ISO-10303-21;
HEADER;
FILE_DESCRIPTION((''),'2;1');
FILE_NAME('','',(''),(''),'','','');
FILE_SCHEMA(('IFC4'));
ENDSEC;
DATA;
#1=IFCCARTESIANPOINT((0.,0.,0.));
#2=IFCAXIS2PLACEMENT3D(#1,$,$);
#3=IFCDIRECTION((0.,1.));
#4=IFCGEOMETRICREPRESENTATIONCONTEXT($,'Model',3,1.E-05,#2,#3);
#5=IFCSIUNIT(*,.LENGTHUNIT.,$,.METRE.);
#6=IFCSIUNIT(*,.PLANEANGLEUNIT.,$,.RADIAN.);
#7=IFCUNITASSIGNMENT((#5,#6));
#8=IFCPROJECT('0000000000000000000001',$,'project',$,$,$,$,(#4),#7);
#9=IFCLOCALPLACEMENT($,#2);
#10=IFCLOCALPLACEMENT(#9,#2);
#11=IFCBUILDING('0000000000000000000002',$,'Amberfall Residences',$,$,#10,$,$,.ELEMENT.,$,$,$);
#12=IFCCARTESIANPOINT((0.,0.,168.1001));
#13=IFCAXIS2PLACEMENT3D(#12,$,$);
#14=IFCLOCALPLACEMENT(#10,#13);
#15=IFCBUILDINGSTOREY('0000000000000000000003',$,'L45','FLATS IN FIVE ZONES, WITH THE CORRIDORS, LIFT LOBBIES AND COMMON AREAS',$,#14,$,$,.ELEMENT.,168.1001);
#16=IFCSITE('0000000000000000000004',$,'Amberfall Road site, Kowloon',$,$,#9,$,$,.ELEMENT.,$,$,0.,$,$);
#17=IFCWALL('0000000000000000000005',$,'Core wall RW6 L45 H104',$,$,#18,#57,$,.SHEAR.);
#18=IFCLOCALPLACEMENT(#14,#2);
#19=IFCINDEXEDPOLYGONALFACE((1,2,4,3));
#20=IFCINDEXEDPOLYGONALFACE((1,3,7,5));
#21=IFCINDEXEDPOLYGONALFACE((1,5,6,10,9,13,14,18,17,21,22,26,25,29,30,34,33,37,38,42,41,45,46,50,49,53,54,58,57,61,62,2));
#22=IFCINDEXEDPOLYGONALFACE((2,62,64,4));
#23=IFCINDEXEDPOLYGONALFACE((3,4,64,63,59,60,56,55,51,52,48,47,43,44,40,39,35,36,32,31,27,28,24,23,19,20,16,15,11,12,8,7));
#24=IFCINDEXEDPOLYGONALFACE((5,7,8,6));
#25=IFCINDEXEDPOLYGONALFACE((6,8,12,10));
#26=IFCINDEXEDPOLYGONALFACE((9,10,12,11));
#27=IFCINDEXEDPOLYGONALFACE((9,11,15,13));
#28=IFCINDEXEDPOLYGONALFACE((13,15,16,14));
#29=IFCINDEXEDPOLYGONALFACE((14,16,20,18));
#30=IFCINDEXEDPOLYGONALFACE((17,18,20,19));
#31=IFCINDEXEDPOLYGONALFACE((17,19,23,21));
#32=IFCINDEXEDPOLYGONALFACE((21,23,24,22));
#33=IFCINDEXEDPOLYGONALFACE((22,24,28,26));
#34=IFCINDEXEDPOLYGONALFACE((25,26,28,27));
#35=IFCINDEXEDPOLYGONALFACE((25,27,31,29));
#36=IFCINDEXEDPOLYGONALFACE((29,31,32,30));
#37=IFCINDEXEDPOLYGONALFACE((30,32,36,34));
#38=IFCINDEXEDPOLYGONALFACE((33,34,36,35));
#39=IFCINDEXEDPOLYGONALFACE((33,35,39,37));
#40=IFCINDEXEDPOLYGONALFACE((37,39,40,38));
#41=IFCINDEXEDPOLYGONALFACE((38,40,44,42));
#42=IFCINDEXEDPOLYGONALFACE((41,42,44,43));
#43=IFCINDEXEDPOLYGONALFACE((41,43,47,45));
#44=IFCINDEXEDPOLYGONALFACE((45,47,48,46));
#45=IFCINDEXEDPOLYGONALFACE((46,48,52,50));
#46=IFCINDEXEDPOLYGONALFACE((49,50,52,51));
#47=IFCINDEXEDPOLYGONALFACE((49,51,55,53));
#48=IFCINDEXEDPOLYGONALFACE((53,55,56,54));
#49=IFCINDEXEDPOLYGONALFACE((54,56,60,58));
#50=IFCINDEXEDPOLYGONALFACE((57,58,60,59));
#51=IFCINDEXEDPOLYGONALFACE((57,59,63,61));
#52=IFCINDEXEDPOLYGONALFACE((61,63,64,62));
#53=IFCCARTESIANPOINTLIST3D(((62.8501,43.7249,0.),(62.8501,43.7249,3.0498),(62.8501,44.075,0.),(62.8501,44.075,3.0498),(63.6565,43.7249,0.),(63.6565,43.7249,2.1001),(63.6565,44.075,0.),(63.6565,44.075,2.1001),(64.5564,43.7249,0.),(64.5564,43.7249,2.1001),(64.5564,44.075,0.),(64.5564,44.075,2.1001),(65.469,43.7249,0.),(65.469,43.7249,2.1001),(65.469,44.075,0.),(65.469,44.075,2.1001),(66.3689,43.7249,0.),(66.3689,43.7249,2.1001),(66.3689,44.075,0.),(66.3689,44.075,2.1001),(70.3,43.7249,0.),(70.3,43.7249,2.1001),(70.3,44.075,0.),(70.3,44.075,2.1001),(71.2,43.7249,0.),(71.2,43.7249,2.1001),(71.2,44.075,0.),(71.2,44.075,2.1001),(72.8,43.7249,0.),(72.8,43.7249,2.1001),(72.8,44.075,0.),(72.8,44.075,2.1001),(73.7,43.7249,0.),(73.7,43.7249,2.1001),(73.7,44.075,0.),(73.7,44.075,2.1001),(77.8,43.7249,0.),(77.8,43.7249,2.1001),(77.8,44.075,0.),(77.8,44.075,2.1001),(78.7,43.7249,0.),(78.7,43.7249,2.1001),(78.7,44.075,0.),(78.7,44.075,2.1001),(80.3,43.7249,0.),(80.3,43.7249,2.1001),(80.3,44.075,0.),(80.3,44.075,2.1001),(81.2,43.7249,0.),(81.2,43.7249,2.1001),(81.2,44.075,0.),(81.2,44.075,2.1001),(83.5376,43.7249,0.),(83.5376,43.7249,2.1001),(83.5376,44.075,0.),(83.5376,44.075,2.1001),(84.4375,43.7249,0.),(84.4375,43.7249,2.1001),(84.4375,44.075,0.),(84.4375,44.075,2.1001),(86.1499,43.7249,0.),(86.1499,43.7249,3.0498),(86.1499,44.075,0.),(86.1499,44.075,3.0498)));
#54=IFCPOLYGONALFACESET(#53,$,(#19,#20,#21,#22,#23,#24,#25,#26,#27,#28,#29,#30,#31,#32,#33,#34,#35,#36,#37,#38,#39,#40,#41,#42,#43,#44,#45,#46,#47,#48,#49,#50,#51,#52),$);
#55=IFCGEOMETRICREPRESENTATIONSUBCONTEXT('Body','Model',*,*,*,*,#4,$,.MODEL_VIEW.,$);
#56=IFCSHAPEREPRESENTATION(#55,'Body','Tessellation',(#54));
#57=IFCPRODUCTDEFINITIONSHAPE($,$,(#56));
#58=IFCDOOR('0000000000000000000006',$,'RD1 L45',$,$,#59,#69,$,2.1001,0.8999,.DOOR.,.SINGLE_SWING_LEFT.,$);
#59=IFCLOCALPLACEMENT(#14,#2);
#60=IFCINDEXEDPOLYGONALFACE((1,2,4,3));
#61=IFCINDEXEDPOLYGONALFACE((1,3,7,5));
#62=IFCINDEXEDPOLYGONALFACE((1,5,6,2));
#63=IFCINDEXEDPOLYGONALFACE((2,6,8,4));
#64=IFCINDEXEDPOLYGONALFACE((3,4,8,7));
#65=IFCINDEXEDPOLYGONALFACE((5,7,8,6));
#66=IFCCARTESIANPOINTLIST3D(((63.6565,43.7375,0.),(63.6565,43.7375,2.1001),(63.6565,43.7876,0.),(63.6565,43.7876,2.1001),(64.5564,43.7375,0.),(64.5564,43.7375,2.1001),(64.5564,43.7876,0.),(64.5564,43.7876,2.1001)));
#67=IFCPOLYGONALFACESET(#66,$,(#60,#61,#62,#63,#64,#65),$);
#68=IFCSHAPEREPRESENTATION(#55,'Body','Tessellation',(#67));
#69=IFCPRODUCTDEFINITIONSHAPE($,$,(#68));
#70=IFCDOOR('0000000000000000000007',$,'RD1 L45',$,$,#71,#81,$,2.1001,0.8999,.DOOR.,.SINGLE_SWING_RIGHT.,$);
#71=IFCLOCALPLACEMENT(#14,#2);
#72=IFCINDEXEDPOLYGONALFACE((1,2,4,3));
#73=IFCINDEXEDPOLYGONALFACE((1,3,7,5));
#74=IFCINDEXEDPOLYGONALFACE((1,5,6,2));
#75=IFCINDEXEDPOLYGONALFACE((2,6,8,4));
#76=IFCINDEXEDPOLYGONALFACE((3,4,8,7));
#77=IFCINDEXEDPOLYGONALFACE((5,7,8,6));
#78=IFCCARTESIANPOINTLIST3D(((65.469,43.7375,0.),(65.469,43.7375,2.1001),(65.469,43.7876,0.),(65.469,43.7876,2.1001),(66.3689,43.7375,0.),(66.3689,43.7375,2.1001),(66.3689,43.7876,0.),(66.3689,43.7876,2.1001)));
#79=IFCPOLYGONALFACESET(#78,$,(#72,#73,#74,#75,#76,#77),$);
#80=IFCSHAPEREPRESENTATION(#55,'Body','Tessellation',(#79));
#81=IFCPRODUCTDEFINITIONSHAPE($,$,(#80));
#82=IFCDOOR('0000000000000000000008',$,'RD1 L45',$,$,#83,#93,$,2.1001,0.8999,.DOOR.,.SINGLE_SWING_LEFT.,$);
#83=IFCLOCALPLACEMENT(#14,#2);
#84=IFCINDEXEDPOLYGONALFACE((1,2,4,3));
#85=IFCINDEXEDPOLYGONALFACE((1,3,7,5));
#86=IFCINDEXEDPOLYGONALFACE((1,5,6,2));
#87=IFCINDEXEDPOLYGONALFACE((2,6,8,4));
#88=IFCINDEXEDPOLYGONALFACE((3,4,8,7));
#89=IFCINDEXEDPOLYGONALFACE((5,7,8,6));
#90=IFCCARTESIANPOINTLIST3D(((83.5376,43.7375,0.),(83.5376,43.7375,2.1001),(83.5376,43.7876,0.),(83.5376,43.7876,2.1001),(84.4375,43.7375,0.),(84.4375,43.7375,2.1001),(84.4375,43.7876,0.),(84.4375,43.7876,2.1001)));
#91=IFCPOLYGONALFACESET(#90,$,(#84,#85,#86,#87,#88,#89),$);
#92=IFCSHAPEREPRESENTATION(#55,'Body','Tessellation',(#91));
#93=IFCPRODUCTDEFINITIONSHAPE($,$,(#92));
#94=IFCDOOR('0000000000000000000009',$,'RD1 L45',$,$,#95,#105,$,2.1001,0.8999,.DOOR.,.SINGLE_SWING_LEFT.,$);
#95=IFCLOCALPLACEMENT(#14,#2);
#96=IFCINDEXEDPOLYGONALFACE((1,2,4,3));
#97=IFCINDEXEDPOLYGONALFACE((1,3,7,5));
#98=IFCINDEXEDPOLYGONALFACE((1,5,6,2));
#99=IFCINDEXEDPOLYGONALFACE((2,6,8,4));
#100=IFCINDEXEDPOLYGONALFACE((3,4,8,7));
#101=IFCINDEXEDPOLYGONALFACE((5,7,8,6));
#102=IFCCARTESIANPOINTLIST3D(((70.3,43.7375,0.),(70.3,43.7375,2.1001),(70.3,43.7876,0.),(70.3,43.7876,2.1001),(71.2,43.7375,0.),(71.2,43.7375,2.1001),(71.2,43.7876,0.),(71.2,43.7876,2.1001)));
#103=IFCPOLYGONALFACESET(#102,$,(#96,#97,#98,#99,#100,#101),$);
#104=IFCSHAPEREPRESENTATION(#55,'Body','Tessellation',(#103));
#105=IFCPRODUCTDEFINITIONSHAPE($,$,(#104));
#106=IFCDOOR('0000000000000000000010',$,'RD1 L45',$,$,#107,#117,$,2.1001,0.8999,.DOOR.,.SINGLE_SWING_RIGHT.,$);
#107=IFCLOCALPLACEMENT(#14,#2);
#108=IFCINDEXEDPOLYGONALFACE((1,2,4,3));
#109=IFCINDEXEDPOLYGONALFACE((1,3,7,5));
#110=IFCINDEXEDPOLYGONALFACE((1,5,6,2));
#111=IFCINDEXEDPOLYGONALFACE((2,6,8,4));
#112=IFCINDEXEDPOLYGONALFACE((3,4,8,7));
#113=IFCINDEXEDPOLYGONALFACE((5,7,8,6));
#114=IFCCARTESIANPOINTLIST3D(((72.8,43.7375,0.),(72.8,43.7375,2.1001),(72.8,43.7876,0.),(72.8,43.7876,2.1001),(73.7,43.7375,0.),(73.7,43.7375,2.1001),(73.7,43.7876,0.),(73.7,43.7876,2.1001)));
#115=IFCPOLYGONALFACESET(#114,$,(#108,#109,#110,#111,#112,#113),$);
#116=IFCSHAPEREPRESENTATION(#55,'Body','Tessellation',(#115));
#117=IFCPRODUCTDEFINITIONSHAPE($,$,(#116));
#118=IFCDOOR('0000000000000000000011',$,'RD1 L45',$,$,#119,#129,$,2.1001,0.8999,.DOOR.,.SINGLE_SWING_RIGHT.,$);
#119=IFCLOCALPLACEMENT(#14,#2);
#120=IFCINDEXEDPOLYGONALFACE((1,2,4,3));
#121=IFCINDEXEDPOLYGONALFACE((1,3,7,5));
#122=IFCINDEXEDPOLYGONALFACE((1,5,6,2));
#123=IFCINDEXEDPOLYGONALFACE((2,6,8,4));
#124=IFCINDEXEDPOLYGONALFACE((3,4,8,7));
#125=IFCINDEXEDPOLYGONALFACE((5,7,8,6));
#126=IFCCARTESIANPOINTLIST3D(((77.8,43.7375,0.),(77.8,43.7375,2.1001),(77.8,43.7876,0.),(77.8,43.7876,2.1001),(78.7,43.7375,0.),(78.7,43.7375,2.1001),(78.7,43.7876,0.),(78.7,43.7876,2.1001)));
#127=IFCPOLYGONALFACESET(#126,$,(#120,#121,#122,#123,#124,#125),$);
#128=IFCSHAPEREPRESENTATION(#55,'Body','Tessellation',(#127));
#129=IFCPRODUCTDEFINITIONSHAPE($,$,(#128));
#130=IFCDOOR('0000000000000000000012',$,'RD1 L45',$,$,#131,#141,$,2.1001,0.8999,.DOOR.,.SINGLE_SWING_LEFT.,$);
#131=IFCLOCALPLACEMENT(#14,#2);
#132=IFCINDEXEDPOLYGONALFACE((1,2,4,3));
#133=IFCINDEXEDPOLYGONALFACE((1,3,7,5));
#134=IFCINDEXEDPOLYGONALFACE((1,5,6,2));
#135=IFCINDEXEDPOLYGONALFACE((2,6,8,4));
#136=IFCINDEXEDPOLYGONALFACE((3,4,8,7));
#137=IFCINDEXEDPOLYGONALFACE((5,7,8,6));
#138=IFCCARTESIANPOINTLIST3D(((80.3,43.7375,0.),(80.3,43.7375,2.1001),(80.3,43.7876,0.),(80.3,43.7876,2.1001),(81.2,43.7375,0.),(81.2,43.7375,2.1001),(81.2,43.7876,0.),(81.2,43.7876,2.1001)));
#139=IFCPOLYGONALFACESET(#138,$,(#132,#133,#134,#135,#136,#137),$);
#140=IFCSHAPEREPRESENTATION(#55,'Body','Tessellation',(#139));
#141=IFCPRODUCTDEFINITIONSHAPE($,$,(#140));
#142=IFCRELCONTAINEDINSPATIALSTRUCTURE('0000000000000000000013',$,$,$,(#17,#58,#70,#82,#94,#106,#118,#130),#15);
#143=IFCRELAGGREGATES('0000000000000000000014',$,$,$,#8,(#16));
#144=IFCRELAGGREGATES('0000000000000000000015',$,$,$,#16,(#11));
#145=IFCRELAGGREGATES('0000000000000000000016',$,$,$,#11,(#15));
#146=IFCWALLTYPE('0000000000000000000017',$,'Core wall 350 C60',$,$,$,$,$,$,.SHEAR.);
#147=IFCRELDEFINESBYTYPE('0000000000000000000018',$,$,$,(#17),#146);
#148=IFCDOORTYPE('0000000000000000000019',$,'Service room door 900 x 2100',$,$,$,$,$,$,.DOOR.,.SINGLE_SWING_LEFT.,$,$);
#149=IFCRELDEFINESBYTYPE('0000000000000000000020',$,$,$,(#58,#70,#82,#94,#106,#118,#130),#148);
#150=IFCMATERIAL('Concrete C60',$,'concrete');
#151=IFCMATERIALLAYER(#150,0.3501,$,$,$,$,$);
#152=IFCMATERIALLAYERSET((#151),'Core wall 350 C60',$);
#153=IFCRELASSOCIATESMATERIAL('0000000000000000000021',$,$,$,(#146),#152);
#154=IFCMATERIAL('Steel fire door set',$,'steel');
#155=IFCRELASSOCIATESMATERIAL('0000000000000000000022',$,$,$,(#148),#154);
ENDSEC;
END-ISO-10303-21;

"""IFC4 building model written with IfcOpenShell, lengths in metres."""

from ifc_helpers import new_model, si_unit, direction, frame, frame_2d, origin, place, context, subcontext, project, spatial, rectangle, extrude, material, layer, layer_set, type_object, element, fill, save


model = new_model("IFC4")

# Units and contexts
model_context = context("Model", 3, precision=1e-05, world=origin(), true_north=direction((0.0, 1.0)))
body_context = subcontext(model_context, "Body", "Model", "MODEL_VIEW")
ifc_project = project(units=[si_unit("LENGTHUNIT", "METRE"), si_unit("PLANEANGLEUNIT", "RADIAN")], contexts=[model_context])

# Site, building, storey
site_placement = place(None, origin())
site = spatial("IfcSite", under=ifc_project, at=site_placement, Name="Amberfall Road site, Kowloon", CompositionType="ELEMENT", RefElevation=0.0)
building_placement = place(site_placement, origin())
building = spatial("IfcBuilding", under=site, at=building_placement, Name="Amberfall Residences", CompositionType="ELEMENT")
storey_placement = place(building_placement, frame((0.0, 0.0, 168.1001)))
storey = spatial("IfcBuildingStorey", under=building, at=storey_placement, Name="L45", Description="FLATS IN FIVE ZONES, WITH THE CORRIDORS, LIFT LOBBIES AND COMMON AREAS", CompositionType="ELEMENT", Elevation=168.1001)

# Wall, openings, doors
ifc_material_1 = material(Name="Concrete C60", Category="concrete")
ifc_layer_1 = layer(ifc_material_1, 0.3501)
ifc_layer_set_1 = layer_set([ifc_layer_1], Name="Core wall 350 C60")
wall_type_1 = type_object("IfcWallType", Name="Core wall 350 C60", PredefinedType="SHEAR", material=ifc_layer_set_1)
wall_1_placement = place(storey_placement, frame((62.8501, 43.8999, 0.0), z_axis=(0.0, 0.0, 1.0), x_axis=(1.0, 0.0, 0.0)))
wall_1 = element("IfcWall", 1, at=wall_1_placement, inside=storey, type_object=wall_type_1, Name="Core wall RW6 L45 H104", PredefinedType="SHEAR", context=body_context, shape_type="SweptSolid", body=[
    extrude(rectangle(XDim=23.2998, YDim=0.3501, at=frame_2d((11.6499, 0.0))), origin(), (0.0, 0.0, 1.0), 3.0498),
])
opening_1_placement = place(wall_1_placement, frame((0.8064, 0.0, 0.0)))
opening_1 = element("IfcOpeningElement", 2, at=opening_1_placement, cuts=wall_1, PredefinedType="OPENING", context=body_context, shape_type="SweptSolid", body=[
    extrude(rectangle(XDim=0.8999, YDim=2.1001, at=frame_2d((0.45, 1.05))), frame((0.0, 0.1851, 0.0), z_axis=(0.0, -1.0, 0.0), x_axis=(1.0, 0.0, 0.0)), (0.0, 0.0, 1.0), 0.3701),
])
opening_2_placement = place(wall_1_placement, frame((2.6189, 0.0, 0.0)))
opening_2 = element("IfcOpeningElement", 3, at=opening_2_placement, cuts=wall_1, PredefinedType="OPENING", context=body_context, shape_type="SweptSolid", body=[
    extrude(rectangle(XDim=0.8999, YDim=2.1001, at=frame_2d((0.45, 1.05))), frame((0.0, 0.1851, 0.0), z_axis=(0.0, -1.0, 0.0), x_axis=(1.0, 0.0, 0.0)), (0.0, 0.0, 1.0), 0.3701),
])
opening_3_placement = place(wall_1_placement, frame((20.6875, 0.0, 0.0)))
opening_3 = element("IfcOpeningElement", 4, at=opening_3_placement, cuts=wall_1, PredefinedType="OPENING", context=body_context, shape_type="SweptSolid", body=[
    extrude(rectangle(XDim=0.8999, YDim=2.1001, at=frame_2d((0.45, 1.05))), frame((0.0, 0.1851, 0.0), z_axis=(0.0, -1.0, 0.0), x_axis=(1.0, 0.0, 0.0)), (0.0, 0.0, 1.0), 0.3701),
])
opening_4_placement = place(wall_1_placement, frame((7.45, 0.0, 0.0)))
opening_4 = element("IfcOpeningElement", 5, at=opening_4_placement, cuts=wall_1, PredefinedType="OPENING", context=body_context, shape_type="SweptSolid", body=[
    extrude(rectangle(XDim=0.8999, YDim=2.1001, at=frame_2d((0.45, 1.05))), frame((0.0, 0.1851, 0.0), z_axis=(0.0, -1.0, 0.0), x_axis=(1.0, 0.0, 0.0)), (0.0, 0.0, 1.0), 0.3701),
])
opening_5_placement = place(wall_1_placement, frame((9.95, 0.0, 0.0)))
opening_5 = element("IfcOpeningElement", 6, at=opening_5_placement, cuts=wall_1, PredefinedType="OPENING", context=body_context, shape_type="SweptSolid", body=[
    extrude(rectangle(XDim=0.8999, YDim=2.1001, at=frame_2d((0.45, 1.05))), frame((0.0, 0.1851, 0.0), z_axis=(0.0, -1.0, 0.0), x_axis=(1.0, 0.0, 0.0)), (0.0, 0.0, 1.0), 0.3701),
])
opening_6_placement = place(wall_1_placement, frame((14.95, 0.0, 0.0)))
opening_6 = element("IfcOpeningElement", 7, at=opening_6_placement, cuts=wall_1, PredefinedType="OPENING", context=body_context, shape_type="SweptSolid", body=[
    extrude(rectangle(XDim=0.8999, YDim=2.1001, at=frame_2d((0.45, 1.05))), frame((0.0, 0.1851, 0.0), z_axis=(0.0, -1.0, 0.0), x_axis=(1.0, 0.0, 0.0)), (0.0, 0.0, 1.0), 0.3701),
])
opening_7_placement = place(wall_1_placement, frame((17.45, 0.0, 0.0)))
opening_7 = element("IfcOpeningElement", 8, at=opening_7_placement, cuts=wall_1, PredefinedType="OPENING", context=body_context, shape_type="SweptSolid", body=[
    extrude(rectangle(XDim=0.8999, YDim=2.1001, at=frame_2d((0.45, 1.05))), frame((0.0, 0.1851, 0.0), z_axis=(0.0, -1.0, 0.0), x_axis=(1.0, 0.0, 0.0)), (0.0, 0.0, 1.0), 0.3701),
])
ifc_material_2 = material(Name="Steel fire door set", Category="steel")
door_type_1 = type_object("IfcDoorType", Name="Service room door 900 x 2100", OperationType="SINGLE_SWING_LEFT", PredefinedType="DOOR", material=ifc_material_2)
door_1_placement = place(opening_1_placement, origin())
door_1 = element("IfcDoor", 9, at=door_1_placement, inside=storey, type_object=door_type_1, Name="RD1 L45", OperationType="SINGLE_SWING_LEFT", OverallHeight=2.1001, OverallWidth=0.8999, PredefinedType="DOOR", context=body_context, shape_type="SweptSolid", body=[
    extrude(rectangle(XDim=0.8999, YDim=2.1001, at=frame_2d((0.45, 1.05))), frame((0.0, -0.1123, 0.0), z_axis=(0.0, -1.0, 0.0), x_axis=(1.0, 0.0, 0.0)), (0.0, 0.0, 1.0), 0.05),
])
fill(opening_1, door_1)
door_2_placement = place(opening_2_placement, origin())
door_2 = element("IfcDoor", 10, at=door_2_placement, inside=storey, type_object=door_type_1, Name="RD1 L45", OperationType="SINGLE_SWING_RIGHT", OverallHeight=2.1001, OverallWidth=0.8999, PredefinedType="DOOR", context=body_context, shape_type="SweptSolid", body=[
    extrude(rectangle(XDim=0.8999, YDim=2.1001, at=frame_2d((0.45, 1.05))), frame((0.0, -0.1123, 0.0), z_axis=(0.0, -1.0, 0.0), x_axis=(1.0, 0.0, 0.0)), (0.0, 0.0, 1.0), 0.05),
])
fill(opening_2, door_2)
door_3_placement = place(opening_3_placement, origin())
door_3 = element("IfcDoor", 11, at=door_3_placement, inside=storey, type_object=door_type_1, Name="RD1 L45", OperationType="SINGLE_SWING_LEFT", OverallHeight=2.1001, OverallWidth=0.8999, PredefinedType="DOOR", context=body_context, shape_type="SweptSolid", body=[
    extrude(rectangle(XDim=0.8999, YDim=2.1001, at=frame_2d((0.45, 1.05))), frame((0.0, -0.1123, 0.0), z_axis=(0.0, -1.0, 0.0), x_axis=(1.0, 0.0, 0.0)), (0.0, 0.0, 1.0), 0.05),
])
fill(opening_3, door_3)
door_4_placement = place(opening_4_placement, origin())
door_4 = element("IfcDoor", 12, at=door_4_placement, inside=storey, type_object=door_type_1, Name="RD1 L45", OperationType="SINGLE_SWING_LEFT", OverallHeight=2.1001, OverallWidth=0.8999, PredefinedType="DOOR", context=body_context, shape_type="SweptSolid", body=[
    extrude(rectangle(XDim=0.8999, YDim=2.1001, at=frame_2d((0.45, 1.05))), frame((0.0, -0.1123, 0.0), z_axis=(0.0, -1.0, 0.0), x_axis=(1.0, 0.0, 0.0)), (0.0, 0.0, 1.0), 0.05),
])
fill(opening_4, door_4)
door_5_placement = place(opening_5_placement, origin())
door_5 = element("IfcDoor", 13, at=door_5_placement, inside=storey, type_object=door_type_1, Name="RD1 L45", OperationType="SINGLE_SWING_RIGHT", OverallHeight=2.1001, OverallWidth=0.8999, PredefinedType="DOOR", context=body_context, shape_type="SweptSolid", body=[
    extrude(rectangle(XDim=0.8999, YDim=2.1001, at=frame_2d((0.45, 1.05))), frame((0.0, -0.1123, 0.0), z_axis=(0.0, -1.0, 0.0), x_axis=(1.0, 0.0, 0.0)), (0.0, 0.0, 1.0), 0.05),
])
fill(opening_5, door_5)
door_6_placement = place(opening_6_placement, origin())
door_6 = element("IfcDoor", 14, at=door_6_placement, inside=storey, type_object=door_type_1, Name="RD1 L45", OperationType="SINGLE_SWING_RIGHT", OverallHeight=2.1001, OverallWidth=0.8999, PredefinedType="DOOR", context=body_context, shape_type="SweptSolid", body=[
    extrude(rectangle(XDim=0.8999, YDim=2.1001, at=frame_2d((0.45, 1.05))), frame((0.0, -0.1123, 0.0), z_axis=(0.0, -1.0, 0.0), x_axis=(1.0, 0.0, 0.0)), (0.0, 0.0, 1.0), 0.05),
])
fill(opening_6, door_6)
door_7_placement = place(opening_7_placement, origin())
door_7 = element("IfcDoor", 15, at=door_7_placement, inside=storey, type_object=door_type_1, Name="RD1 L45", OperationType="SINGLE_SWING_LEFT", OverallHeight=2.1001, OverallWidth=0.8999, PredefinedType="DOOR", context=body_context, shape_type="SweptSolid", body=[
    extrude(rectangle(XDim=0.8999, YDim=2.1001, at=frame_2d((0.45, 1.05))), frame((0.0, -0.1123, 0.0), z_axis=(0.0, -1.0, 0.0), x_axis=(1.0, 0.0, 0.0)), (0.0, 0.0, 1.0), 0.05),
])
fill(opening_7, door_7)

save(model, "model.ifc")
